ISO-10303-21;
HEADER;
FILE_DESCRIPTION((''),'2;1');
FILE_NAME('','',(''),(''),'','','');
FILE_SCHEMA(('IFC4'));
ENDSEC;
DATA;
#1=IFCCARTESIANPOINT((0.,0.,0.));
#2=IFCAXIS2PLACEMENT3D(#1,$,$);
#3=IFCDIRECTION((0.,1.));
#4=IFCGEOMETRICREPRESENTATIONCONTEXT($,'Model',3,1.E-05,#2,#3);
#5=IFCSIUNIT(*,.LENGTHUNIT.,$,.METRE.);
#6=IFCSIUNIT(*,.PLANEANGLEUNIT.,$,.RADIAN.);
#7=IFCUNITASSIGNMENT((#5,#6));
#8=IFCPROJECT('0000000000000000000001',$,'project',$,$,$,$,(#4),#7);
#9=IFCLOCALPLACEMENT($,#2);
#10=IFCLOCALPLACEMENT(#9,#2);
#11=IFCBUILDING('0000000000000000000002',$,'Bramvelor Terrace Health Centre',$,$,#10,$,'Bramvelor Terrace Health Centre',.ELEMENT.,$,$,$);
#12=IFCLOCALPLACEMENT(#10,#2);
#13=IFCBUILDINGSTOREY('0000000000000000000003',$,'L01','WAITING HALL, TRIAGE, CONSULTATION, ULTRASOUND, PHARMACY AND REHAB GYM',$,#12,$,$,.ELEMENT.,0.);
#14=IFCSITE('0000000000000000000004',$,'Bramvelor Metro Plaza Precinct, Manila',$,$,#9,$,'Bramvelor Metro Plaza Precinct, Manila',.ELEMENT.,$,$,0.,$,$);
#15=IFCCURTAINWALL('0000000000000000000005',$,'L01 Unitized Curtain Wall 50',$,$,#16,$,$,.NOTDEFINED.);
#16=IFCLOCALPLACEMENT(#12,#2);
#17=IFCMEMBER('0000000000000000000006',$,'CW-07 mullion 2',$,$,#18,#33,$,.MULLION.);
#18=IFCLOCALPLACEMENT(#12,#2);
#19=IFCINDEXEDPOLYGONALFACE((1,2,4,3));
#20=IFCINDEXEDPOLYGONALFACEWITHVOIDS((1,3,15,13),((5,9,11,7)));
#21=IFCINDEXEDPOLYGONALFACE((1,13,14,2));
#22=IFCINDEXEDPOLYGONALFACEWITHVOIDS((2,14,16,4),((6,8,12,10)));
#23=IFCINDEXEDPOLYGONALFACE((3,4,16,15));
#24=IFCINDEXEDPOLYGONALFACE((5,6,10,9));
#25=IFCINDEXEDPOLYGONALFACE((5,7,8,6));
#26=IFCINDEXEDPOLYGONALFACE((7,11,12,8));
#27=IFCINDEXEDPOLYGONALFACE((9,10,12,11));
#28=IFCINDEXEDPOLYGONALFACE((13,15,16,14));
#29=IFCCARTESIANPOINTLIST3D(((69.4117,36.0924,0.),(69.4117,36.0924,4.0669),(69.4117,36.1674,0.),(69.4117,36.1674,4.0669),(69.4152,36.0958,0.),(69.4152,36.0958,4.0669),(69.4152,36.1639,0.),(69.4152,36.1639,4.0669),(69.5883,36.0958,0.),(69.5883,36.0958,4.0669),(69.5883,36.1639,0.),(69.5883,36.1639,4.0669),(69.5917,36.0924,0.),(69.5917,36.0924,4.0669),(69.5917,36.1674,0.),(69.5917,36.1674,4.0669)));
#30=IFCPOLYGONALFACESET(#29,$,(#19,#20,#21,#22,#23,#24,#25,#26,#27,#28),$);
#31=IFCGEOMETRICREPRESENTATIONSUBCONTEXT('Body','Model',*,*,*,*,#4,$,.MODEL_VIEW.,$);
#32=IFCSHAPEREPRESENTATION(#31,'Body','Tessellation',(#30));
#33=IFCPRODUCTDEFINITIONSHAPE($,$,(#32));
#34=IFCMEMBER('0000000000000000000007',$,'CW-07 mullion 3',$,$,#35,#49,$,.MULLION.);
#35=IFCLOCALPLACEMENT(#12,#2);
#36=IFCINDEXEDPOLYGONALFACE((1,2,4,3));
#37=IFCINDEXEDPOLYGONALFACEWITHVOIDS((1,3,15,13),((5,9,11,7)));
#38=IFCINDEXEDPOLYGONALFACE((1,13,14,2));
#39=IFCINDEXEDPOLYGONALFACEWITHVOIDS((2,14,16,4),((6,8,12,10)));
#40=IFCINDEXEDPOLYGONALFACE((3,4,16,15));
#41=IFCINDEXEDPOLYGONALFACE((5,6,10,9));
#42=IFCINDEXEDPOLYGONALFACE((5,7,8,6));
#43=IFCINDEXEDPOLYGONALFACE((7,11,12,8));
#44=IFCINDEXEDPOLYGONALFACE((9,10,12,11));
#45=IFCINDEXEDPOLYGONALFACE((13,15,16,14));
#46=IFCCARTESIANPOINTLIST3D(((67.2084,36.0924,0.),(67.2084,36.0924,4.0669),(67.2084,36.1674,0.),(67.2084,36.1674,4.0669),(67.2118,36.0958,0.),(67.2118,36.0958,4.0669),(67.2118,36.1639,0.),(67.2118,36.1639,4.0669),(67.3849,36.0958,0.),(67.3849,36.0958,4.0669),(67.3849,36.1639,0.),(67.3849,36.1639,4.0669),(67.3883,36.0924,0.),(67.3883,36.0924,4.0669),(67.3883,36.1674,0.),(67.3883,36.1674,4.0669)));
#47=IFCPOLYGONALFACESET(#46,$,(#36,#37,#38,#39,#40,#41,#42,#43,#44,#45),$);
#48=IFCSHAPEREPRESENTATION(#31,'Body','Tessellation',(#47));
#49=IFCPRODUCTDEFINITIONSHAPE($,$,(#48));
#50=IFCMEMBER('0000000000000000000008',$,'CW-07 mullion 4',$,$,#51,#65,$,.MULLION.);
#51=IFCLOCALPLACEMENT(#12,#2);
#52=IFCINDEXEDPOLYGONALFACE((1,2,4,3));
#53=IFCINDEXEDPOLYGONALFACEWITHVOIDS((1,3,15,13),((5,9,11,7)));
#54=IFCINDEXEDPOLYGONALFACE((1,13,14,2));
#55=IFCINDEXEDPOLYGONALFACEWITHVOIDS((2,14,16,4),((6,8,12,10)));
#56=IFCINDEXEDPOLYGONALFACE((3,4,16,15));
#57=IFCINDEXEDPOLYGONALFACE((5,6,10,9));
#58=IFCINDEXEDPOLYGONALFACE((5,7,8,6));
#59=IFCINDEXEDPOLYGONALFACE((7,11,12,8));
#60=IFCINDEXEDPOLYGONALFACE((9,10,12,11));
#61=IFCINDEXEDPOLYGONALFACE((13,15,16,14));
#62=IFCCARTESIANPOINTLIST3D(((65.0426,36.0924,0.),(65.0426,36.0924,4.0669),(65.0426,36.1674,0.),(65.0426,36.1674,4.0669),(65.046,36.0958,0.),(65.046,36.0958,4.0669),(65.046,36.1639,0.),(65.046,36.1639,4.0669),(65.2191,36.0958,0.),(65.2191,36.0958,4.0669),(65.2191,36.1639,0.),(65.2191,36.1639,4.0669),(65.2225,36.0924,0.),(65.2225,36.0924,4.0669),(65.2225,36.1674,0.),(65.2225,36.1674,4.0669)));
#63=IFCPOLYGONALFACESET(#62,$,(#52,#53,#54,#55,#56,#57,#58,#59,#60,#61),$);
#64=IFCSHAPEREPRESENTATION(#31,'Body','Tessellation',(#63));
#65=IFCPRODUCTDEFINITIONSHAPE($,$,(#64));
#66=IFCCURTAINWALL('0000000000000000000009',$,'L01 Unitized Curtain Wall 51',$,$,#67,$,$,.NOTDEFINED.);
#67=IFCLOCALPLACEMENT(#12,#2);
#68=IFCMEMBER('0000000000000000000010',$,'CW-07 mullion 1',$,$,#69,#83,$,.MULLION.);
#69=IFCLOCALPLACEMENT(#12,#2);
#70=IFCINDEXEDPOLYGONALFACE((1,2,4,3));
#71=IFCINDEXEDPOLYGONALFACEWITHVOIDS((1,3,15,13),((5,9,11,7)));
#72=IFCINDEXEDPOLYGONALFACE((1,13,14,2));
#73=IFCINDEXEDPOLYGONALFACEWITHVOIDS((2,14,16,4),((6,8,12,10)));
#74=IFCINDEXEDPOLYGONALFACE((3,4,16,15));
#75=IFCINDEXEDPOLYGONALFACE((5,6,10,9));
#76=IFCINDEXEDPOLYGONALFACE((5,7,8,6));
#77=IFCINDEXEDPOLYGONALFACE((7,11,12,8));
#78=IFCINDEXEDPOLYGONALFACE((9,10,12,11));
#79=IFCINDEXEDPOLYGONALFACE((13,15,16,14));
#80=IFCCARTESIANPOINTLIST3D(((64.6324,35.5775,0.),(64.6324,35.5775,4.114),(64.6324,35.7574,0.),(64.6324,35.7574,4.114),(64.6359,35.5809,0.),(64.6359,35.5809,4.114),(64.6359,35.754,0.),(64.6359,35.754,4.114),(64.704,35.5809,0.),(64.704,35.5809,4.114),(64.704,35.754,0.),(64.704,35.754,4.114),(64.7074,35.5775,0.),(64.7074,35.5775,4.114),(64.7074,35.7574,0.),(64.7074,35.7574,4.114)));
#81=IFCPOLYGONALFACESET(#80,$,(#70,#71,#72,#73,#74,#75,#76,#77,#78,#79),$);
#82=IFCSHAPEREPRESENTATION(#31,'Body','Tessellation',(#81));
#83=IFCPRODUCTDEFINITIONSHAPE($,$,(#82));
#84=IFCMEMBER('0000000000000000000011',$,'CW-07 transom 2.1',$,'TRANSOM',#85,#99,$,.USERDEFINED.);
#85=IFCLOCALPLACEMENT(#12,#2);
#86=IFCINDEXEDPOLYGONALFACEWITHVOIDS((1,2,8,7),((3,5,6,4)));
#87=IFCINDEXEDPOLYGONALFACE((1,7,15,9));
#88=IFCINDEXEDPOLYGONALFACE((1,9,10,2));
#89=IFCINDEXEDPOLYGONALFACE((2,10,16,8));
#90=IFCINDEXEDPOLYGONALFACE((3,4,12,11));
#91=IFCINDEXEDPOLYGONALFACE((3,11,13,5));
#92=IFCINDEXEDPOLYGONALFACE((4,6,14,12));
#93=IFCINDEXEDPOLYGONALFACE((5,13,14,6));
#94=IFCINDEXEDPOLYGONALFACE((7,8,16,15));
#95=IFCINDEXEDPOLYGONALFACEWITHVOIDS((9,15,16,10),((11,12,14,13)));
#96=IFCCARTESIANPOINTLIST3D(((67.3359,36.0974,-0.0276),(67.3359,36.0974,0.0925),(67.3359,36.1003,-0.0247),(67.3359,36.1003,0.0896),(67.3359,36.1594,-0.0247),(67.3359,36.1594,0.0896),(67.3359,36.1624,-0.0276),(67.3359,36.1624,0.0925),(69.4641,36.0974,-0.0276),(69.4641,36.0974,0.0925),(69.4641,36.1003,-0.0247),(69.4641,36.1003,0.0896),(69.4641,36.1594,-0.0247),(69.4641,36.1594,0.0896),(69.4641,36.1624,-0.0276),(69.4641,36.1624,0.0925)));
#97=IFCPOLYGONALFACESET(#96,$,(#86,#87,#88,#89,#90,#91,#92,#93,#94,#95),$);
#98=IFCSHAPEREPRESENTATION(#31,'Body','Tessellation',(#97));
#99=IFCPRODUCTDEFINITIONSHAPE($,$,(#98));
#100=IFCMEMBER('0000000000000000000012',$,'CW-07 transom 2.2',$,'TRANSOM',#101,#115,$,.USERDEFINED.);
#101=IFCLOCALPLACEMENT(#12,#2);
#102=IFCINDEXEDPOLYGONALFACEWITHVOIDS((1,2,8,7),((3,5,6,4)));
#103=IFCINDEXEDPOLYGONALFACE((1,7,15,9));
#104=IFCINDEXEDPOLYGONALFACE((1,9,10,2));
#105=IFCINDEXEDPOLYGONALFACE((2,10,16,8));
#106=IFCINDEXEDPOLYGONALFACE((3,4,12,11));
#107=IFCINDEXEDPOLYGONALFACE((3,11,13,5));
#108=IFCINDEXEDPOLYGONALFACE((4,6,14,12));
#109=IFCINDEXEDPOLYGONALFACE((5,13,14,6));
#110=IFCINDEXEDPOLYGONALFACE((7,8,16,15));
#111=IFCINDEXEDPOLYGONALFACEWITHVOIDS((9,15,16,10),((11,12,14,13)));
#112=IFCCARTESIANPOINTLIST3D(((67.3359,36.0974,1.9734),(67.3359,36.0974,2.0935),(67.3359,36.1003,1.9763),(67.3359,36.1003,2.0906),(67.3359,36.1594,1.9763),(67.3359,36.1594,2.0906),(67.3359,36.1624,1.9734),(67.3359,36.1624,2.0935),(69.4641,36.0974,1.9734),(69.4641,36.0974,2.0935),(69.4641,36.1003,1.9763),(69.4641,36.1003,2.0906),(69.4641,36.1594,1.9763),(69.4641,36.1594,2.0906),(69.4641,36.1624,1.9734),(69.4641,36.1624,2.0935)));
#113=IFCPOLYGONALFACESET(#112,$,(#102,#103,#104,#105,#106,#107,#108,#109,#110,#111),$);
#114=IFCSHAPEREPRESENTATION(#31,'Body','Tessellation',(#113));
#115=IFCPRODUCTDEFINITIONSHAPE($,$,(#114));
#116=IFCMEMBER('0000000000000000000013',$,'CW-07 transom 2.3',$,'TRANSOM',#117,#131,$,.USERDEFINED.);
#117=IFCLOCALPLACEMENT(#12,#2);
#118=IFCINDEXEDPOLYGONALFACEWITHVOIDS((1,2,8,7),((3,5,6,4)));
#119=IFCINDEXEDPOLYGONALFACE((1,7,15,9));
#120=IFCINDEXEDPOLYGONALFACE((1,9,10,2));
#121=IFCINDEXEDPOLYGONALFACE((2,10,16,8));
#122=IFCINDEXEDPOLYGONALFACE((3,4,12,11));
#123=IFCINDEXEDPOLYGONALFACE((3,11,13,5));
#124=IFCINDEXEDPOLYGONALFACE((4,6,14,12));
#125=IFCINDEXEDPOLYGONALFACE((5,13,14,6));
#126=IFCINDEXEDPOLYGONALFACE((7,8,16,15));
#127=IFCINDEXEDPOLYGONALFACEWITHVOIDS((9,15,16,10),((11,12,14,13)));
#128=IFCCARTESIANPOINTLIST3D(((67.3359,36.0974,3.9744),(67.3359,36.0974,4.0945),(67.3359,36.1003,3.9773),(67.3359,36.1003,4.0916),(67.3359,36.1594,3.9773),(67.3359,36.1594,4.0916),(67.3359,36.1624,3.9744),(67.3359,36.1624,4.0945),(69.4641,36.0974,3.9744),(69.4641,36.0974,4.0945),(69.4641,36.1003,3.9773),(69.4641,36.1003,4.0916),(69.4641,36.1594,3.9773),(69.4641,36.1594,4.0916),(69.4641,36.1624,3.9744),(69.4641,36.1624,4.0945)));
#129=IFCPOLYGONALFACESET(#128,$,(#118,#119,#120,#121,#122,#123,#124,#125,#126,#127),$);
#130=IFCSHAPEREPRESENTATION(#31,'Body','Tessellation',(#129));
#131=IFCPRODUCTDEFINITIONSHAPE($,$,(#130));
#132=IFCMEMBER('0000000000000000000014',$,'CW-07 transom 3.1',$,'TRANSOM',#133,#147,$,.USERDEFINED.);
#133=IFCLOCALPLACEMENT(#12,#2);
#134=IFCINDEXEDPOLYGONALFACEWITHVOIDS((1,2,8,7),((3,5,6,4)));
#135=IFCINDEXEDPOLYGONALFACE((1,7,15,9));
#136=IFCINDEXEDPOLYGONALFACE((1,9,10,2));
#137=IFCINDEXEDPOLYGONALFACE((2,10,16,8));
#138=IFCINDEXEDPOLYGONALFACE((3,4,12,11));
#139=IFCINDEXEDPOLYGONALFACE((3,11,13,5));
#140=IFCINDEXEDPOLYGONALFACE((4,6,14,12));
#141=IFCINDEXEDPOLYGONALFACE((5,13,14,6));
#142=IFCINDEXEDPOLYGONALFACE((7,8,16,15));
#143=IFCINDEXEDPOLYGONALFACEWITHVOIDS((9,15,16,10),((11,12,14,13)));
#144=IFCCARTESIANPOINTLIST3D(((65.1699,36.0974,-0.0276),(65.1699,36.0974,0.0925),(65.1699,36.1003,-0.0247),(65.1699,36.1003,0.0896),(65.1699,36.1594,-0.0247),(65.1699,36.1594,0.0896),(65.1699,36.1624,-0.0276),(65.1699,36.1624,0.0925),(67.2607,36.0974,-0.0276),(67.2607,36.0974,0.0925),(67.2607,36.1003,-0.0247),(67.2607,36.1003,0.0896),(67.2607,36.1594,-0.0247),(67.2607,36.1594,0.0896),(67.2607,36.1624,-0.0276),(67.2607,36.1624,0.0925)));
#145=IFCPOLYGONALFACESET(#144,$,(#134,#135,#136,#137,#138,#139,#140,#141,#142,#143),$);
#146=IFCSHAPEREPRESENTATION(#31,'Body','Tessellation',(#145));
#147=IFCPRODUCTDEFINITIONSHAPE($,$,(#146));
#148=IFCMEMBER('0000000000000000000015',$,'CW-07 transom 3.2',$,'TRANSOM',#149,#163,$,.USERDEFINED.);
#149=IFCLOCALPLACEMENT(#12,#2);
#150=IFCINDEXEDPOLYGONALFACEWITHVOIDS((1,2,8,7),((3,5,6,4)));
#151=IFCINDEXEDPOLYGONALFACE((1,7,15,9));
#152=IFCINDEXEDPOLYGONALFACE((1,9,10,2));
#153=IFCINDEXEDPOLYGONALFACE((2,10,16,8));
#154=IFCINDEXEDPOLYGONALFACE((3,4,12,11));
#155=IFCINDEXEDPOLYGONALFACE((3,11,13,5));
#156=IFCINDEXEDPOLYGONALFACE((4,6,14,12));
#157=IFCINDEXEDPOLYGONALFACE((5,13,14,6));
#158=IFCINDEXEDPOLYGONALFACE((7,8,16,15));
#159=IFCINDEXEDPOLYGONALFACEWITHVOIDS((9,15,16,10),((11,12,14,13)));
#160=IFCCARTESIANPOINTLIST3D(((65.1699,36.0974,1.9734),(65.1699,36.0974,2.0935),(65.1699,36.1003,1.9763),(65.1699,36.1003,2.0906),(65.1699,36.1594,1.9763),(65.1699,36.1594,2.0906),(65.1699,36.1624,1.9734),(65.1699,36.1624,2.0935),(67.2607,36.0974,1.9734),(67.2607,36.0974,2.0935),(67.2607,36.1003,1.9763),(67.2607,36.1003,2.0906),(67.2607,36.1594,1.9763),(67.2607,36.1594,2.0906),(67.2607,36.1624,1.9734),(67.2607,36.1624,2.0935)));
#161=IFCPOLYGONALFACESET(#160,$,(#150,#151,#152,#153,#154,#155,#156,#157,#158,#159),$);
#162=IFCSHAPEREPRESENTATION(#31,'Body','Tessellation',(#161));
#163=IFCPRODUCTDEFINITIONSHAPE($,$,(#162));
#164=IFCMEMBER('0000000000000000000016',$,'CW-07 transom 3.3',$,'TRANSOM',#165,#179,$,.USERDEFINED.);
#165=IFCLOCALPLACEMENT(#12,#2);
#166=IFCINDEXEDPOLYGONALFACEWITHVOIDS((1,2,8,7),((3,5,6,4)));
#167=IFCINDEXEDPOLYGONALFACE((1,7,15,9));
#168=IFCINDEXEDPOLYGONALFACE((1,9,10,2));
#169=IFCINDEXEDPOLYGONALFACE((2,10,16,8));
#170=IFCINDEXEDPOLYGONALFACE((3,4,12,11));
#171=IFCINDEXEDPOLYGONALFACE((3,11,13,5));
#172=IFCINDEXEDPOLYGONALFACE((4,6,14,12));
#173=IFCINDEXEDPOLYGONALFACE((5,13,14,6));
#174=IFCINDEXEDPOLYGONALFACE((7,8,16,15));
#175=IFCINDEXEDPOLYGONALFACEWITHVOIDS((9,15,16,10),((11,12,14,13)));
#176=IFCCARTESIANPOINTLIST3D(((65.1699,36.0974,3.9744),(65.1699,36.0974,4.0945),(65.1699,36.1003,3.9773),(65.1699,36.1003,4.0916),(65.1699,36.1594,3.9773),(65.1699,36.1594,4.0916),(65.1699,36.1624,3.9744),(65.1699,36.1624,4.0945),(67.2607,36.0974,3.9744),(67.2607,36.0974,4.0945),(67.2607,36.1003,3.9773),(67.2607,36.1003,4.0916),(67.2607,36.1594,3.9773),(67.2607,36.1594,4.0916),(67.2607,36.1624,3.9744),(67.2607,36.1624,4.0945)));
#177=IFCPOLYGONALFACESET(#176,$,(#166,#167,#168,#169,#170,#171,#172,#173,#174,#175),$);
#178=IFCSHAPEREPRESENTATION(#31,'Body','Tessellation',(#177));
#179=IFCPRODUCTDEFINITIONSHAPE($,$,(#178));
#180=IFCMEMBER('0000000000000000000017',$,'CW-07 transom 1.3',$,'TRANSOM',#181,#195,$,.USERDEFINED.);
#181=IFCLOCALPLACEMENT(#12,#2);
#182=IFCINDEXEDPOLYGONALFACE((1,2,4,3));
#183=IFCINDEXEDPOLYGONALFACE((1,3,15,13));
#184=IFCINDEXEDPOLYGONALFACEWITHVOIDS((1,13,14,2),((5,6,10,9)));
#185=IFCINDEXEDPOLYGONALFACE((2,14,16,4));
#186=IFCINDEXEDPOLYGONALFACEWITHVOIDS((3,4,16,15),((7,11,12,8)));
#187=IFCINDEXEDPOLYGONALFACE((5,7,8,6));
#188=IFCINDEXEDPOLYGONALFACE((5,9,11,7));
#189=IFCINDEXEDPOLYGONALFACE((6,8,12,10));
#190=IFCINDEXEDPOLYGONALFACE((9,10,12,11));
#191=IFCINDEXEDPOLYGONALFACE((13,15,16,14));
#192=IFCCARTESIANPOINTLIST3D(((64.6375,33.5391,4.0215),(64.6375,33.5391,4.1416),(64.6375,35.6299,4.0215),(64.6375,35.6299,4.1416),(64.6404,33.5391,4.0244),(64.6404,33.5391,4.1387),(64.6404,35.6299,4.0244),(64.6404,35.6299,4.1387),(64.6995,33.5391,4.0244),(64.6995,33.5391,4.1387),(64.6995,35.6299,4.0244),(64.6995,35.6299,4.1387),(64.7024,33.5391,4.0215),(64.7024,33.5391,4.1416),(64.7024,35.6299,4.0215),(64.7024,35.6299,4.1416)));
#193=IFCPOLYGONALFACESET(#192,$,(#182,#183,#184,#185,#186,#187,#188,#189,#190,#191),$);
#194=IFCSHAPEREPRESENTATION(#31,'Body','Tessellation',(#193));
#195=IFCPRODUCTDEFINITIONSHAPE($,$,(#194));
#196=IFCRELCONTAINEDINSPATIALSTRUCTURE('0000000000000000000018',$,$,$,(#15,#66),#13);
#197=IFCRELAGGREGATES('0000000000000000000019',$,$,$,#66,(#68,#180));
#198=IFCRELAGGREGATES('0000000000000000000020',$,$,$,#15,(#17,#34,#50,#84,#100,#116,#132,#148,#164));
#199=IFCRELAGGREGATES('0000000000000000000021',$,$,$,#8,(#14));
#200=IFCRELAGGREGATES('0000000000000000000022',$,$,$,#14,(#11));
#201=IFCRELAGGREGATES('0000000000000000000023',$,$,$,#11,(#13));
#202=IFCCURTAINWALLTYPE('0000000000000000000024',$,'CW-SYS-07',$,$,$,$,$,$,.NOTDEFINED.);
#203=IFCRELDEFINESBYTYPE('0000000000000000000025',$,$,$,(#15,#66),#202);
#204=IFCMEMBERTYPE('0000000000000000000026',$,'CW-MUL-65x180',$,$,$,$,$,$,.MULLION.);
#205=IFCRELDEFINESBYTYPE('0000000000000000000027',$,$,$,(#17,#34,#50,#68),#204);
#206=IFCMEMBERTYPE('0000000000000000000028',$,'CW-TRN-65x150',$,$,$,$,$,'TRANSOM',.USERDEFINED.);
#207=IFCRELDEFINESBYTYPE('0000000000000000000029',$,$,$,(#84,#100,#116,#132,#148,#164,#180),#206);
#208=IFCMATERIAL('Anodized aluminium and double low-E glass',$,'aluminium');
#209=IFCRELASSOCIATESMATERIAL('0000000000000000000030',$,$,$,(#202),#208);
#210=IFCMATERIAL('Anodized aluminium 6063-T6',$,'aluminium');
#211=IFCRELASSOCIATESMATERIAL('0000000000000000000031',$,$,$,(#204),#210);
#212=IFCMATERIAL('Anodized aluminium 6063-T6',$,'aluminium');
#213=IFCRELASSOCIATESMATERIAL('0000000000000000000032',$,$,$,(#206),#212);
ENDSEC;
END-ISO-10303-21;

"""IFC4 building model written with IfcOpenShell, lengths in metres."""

from ifc_helpers import new_model, si_unit, direction, frame, origin, origin_2d, place, context, subcontext, project, spatial, hollow_rectangle, extrude, material, material_profile, profile_set, type_object, element, aggregate, save


model = new_model("IFC4")

# Units and contexts
model_context = context("Model", 3, precision=1e-05, world=origin(), true_north=direction((0.0, 1.0)))
body_context = subcontext(model_context, "Body", "Model", "MODEL_VIEW")
ifc_project = project(units=[si_unit("LENGTHUNIT", "METRE"), si_unit("PLANEANGLEUNIT", "RADIAN")], contexts=[model_context])

# Site, building, storey
site_placement = place(None, origin())
site = spatial("IfcSite", under=ifc_project, at=site_placement, Name="Bramvelor Metro Plaza Precinct, Manila", LongName="Bramvelor Metro Plaza Precinct, Manila", CompositionType="ELEMENT", RefElevation=0.0)
building_placement = place(site_placement, origin())
building = spatial("IfcBuilding", under=site, at=building_placement, Name="Bramvelor Terrace Health Centre", LongName="Bramvelor Terrace Health Centre", CompositionType="ELEMENT")
storey_placement = place(building_placement, origin())
storey = spatial("IfcBuildingStorey", under=building, at=storey_placement, Name="L01", Description="WAITING HALL, TRIAGE, CONSULTATION, ULTRASOUND, PHARMACY AND REHAB GYM", CompositionType="ELEMENT", Elevation=0.0)

# Curtain wall, members
ifc_material_1 = material(Name="Anodized aluminium and double low-E glass", Category="aluminium")
curtain_wall_type = type_object("IfcCurtainWallType", Name="CW-SYS-07", PredefinedType="NOTDEFINED", material=ifc_material_1)
curtain_wall_1_placement = place(storey_placement, origin())
curtain_wall_1 = element("IfcCurtainWall", 1, at=curtain_wall_1_placement, inside=storey, type_object=curtain_wall_type, Name="L01 Unitized Curtain Wall 50", PredefinedType="NOTDEFINED")
ifc_material_2 = material(Name="Anodized aluminium 6063-T6", Category="aluminium")
ifc_material_profile_1 = material_profile(ifc_material_2, hollow_rectangle(XDim=0.075, YDim=0.1799, WallThickness=0.0034, at=origin_2d()), Name="ALU-MUL 75x180x3.5")
ifc_profile_set_1 = profile_set([ifc_material_profile_1], Name="Anodized aluminium 6063-T6")
member_type_1 = type_object("IfcMemberType", Name="CW-MUL-65x180", PredefinedType="MULLION", material=ifc_profile_set_1)
member_1_placement = place(storey_placement, frame((69.5017, 36.1299, 0.0), z_axis=(0.0, 0.0, 1.0), x_axis=(0.0, -1.0, 0.0)))
member_1 = element("IfcMember", 2, at=member_1_placement, type_object=member_type_1, Name="CW-07 mullion 2", PredefinedType="MULLION", context=body_context, shape_type="SweptSolid", body=[
    extrude(hollow_rectangle(XDim=0.075, YDim=0.1799, WallThickness=0.0034, at=origin_2d()), origin(), (0.0, 0.0, 1.0), 4.0669),
])
member_2_placement = place(storey_placement, frame((67.2983, 36.1299, 0.0), z_axis=(0.0, 0.0, 1.0), x_axis=(0.0, -1.0, 0.0)))
member_2 = element("IfcMember", 3, at=member_2_placement, type_object=member_type_1, Name="CW-07 mullion 3", PredefinedType="MULLION", context=body_context, shape_type="SweptSolid", body=[
    extrude(hollow_rectangle(XDim=0.075, YDim=0.1799, WallThickness=0.0034, at=origin_2d()), origin(), (0.0, 0.0, 1.0), 4.0669),
])
member_3_placement = place(storey_placement, frame((65.1326, 36.1299, 0.0), z_axis=(0.0, 0.0, 1.0), x_axis=(0.0, -1.0, 0.0)))
member_3 = element("IfcMember", 4, at=member_3_placement, type_object=member_type_1, Name="CW-07 mullion 4", PredefinedType="MULLION", context=body_context, shape_type="SweptSolid", body=[
    extrude(hollow_rectangle(XDim=0.075, YDim=0.1799, WallThickness=0.0034, at=origin_2d()), origin(), (0.0, 0.0, 1.0), 4.0669),
])

# Curtain wall, member
curtain_wall_2_placement = place(storey_placement, origin())
curtain_wall_2 = element("IfcCurtainWall", 5, at=curtain_wall_2_placement, inside=storey, type_object=curtain_wall_type, Name="L01 Unitized Curtain Wall 51", PredefinedType="NOTDEFINED")
member_4_placement = place(storey_placement, frame((64.6699, 35.6675, 0.0), z_axis=(0.0, 0.0, 1.0), x_axis=(1.0, 0.0, 0.0)))
member_4 = element("IfcMember", 6, at=member_4_placement, type_object=member_type_1, Name="CW-07 mullion 1", PredefinedType="MULLION", context=body_context, shape_type="SweptSolid", body=[
    extrude(hollow_rectangle(XDim=0.075, YDim=0.1799, WallThickness=0.0034, at=origin_2d()), origin(), (0.0, 0.0, 1.0), 4.114),
])

# Members
ifc_material_3 = material(Name="Anodized aluminium 6063-T6", Category="aluminium")
ifc_material_profile_2 = material_profile(ifc_material_3, hollow_rectangle(XDim=0.0649, YDim=0.1201, WallThickness=0.0029, at=origin_2d()), Name="ALU-TRN 65x120x3.0")
ifc_profile_set_2 = profile_set([ifc_material_profile_2], Name="Anodized aluminium 6063-T6")
member_type_2 = type_object("IfcMemberType", Name="CW-TRN-65x150", ElementType="TRANSOM", PredefinedType="USERDEFINED", material=ifc_profile_set_2)
member_5_placement = place(storey_placement, frame((69.4641, 36.1299, 0.0325), z_axis=(-1.0, 0.0, 0.0), x_axis=(0.0, -1.0, 0.0)))
member_5 = element("IfcMember", 7, at=member_5_placement, type_object=member_type_2, Name="CW-07 transom 2.1", ObjectType="TRANSOM", PredefinedType="USERDEFINED", context=body_context, shape_type="SweptSolid", body=[
    extrude(hollow_rectangle(XDim=0.0649, YDim=0.1201, WallThickness=0.0029, at=origin_2d()), origin(), (0.0, 0.0, 1.0), 2.1282),
])
member_6_placement = place(storey_placement, frame((69.4641, 36.1299, 2.0334), z_axis=(-1.0, 0.0, 0.0), x_axis=(0.0, -1.0, 0.0)))
member_6 = element("IfcMember", 8, at=member_6_placement, type_object=member_type_2, Name="CW-07 transom 2.2", ObjectType="TRANSOM", PredefinedType="USERDEFINED", context=body_context, shape_type="SweptSolid", body=[
    extrude(hollow_rectangle(XDim=0.0649, YDim=0.1201, WallThickness=0.0029, at=origin_2d()), origin(), (0.0, 0.0, 1.0), 2.1282),
])
member_7_placement = place(storey_placement, frame((69.4641, 36.1299, 4.0344), z_axis=(-1.0, 0.0, 0.0), x_axis=(0.0, -1.0, 0.0)))
member_7 = element("IfcMember", 9, at=member_7_placement, type_object=member_type_2, Name="CW-07 transom 2.3", ObjectType="TRANSOM", PredefinedType="USERDEFINED", context=body_context, shape_type="SweptSolid", body=[
    extrude(hollow_rectangle(XDim=0.0649, YDim=0.1201, WallThickness=0.0029, at=origin_2d()), origin(), (0.0, 0.0, 1.0), 2.1282),
])
member_8_placement = place(storey_placement, frame((67.2607, 36.1299, 0.0325), z_axis=(-1.0, 0.0, 0.0), x_axis=(0.0, -1.0, 0.0)))
member_8 = element("IfcMember", 10, at=member_8_placement, type_object=member_type_2, Name="CW-07 transom 3.1", ObjectType="TRANSOM", PredefinedType="USERDEFINED", context=body_context, shape_type="SweptSolid", body=[
    extrude(hollow_rectangle(XDim=0.0649, YDim=0.1201, WallThickness=0.0029, at=origin_2d()), origin(), (0.0, 0.0, 1.0), 2.0908),
])
member_9_placement = place(storey_placement, frame((67.2607, 36.1299, 2.0334), z_axis=(-1.0, 0.0, 0.0), x_axis=(0.0, -1.0, 0.0)))
member_9 = element("IfcMember", 11, at=member_9_placement, type_object=member_type_2, Name="CW-07 transom 3.2", ObjectType="TRANSOM", PredefinedType="USERDEFINED", context=body_context, shape_type="SweptSolid", body=[
    extrude(hollow_rectangle(XDim=0.0649, YDim=0.1201, WallThickness=0.0029, at=origin_2d()), origin(), (0.0, 0.0, 1.0), 2.0908),
])
member_10_placement = place(storey_placement, frame((67.2607, 36.1299, 4.0344), z_axis=(-1.0, 0.0, 0.0), x_axis=(0.0, -1.0, 0.0)))
member_10 = element("IfcMember", 12, at=member_10_placement, type_object=member_type_2, Name="CW-07 transom 3.3", ObjectType="TRANSOM", PredefinedType="USERDEFINED", context=body_context, shape_type="SweptSolid", body=[
    extrude(hollow_rectangle(XDim=0.0649, YDim=0.1201, WallThickness=0.0029, at=origin_2d()), origin(), (0.0, 0.0, 1.0), 2.0908),
])
member_11_placement = place(storey_placement, frame((64.6699, 35.6299, 4.0815), z_axis=(0.0, -1.0, 0.0), x_axis=(1.0, 0.0, 0.0)))
member_11 = element("IfcMember", 13, at=member_11_placement, type_object=member_type_2, Name="CW-07 transom 1.3", ObjectType="TRANSOM", PredefinedType="USERDEFINED", context=body_context, shape_type="SweptSolid", body=[
    extrude(hollow_rectangle(XDim=0.0649, YDim=0.1201, WallThickness=0.0029, at=origin_2d()), origin(), (0.0, 0.0, 1.0), 2.0908),
])
aggregate(curtain_wall_2, [member_4, member_11])

aggregate(curtain_wall_1, [member_1, member_2, member_3, member_5, member_6, member_7, member_8, member_9, member_10])

save(model, "model.ifc")
